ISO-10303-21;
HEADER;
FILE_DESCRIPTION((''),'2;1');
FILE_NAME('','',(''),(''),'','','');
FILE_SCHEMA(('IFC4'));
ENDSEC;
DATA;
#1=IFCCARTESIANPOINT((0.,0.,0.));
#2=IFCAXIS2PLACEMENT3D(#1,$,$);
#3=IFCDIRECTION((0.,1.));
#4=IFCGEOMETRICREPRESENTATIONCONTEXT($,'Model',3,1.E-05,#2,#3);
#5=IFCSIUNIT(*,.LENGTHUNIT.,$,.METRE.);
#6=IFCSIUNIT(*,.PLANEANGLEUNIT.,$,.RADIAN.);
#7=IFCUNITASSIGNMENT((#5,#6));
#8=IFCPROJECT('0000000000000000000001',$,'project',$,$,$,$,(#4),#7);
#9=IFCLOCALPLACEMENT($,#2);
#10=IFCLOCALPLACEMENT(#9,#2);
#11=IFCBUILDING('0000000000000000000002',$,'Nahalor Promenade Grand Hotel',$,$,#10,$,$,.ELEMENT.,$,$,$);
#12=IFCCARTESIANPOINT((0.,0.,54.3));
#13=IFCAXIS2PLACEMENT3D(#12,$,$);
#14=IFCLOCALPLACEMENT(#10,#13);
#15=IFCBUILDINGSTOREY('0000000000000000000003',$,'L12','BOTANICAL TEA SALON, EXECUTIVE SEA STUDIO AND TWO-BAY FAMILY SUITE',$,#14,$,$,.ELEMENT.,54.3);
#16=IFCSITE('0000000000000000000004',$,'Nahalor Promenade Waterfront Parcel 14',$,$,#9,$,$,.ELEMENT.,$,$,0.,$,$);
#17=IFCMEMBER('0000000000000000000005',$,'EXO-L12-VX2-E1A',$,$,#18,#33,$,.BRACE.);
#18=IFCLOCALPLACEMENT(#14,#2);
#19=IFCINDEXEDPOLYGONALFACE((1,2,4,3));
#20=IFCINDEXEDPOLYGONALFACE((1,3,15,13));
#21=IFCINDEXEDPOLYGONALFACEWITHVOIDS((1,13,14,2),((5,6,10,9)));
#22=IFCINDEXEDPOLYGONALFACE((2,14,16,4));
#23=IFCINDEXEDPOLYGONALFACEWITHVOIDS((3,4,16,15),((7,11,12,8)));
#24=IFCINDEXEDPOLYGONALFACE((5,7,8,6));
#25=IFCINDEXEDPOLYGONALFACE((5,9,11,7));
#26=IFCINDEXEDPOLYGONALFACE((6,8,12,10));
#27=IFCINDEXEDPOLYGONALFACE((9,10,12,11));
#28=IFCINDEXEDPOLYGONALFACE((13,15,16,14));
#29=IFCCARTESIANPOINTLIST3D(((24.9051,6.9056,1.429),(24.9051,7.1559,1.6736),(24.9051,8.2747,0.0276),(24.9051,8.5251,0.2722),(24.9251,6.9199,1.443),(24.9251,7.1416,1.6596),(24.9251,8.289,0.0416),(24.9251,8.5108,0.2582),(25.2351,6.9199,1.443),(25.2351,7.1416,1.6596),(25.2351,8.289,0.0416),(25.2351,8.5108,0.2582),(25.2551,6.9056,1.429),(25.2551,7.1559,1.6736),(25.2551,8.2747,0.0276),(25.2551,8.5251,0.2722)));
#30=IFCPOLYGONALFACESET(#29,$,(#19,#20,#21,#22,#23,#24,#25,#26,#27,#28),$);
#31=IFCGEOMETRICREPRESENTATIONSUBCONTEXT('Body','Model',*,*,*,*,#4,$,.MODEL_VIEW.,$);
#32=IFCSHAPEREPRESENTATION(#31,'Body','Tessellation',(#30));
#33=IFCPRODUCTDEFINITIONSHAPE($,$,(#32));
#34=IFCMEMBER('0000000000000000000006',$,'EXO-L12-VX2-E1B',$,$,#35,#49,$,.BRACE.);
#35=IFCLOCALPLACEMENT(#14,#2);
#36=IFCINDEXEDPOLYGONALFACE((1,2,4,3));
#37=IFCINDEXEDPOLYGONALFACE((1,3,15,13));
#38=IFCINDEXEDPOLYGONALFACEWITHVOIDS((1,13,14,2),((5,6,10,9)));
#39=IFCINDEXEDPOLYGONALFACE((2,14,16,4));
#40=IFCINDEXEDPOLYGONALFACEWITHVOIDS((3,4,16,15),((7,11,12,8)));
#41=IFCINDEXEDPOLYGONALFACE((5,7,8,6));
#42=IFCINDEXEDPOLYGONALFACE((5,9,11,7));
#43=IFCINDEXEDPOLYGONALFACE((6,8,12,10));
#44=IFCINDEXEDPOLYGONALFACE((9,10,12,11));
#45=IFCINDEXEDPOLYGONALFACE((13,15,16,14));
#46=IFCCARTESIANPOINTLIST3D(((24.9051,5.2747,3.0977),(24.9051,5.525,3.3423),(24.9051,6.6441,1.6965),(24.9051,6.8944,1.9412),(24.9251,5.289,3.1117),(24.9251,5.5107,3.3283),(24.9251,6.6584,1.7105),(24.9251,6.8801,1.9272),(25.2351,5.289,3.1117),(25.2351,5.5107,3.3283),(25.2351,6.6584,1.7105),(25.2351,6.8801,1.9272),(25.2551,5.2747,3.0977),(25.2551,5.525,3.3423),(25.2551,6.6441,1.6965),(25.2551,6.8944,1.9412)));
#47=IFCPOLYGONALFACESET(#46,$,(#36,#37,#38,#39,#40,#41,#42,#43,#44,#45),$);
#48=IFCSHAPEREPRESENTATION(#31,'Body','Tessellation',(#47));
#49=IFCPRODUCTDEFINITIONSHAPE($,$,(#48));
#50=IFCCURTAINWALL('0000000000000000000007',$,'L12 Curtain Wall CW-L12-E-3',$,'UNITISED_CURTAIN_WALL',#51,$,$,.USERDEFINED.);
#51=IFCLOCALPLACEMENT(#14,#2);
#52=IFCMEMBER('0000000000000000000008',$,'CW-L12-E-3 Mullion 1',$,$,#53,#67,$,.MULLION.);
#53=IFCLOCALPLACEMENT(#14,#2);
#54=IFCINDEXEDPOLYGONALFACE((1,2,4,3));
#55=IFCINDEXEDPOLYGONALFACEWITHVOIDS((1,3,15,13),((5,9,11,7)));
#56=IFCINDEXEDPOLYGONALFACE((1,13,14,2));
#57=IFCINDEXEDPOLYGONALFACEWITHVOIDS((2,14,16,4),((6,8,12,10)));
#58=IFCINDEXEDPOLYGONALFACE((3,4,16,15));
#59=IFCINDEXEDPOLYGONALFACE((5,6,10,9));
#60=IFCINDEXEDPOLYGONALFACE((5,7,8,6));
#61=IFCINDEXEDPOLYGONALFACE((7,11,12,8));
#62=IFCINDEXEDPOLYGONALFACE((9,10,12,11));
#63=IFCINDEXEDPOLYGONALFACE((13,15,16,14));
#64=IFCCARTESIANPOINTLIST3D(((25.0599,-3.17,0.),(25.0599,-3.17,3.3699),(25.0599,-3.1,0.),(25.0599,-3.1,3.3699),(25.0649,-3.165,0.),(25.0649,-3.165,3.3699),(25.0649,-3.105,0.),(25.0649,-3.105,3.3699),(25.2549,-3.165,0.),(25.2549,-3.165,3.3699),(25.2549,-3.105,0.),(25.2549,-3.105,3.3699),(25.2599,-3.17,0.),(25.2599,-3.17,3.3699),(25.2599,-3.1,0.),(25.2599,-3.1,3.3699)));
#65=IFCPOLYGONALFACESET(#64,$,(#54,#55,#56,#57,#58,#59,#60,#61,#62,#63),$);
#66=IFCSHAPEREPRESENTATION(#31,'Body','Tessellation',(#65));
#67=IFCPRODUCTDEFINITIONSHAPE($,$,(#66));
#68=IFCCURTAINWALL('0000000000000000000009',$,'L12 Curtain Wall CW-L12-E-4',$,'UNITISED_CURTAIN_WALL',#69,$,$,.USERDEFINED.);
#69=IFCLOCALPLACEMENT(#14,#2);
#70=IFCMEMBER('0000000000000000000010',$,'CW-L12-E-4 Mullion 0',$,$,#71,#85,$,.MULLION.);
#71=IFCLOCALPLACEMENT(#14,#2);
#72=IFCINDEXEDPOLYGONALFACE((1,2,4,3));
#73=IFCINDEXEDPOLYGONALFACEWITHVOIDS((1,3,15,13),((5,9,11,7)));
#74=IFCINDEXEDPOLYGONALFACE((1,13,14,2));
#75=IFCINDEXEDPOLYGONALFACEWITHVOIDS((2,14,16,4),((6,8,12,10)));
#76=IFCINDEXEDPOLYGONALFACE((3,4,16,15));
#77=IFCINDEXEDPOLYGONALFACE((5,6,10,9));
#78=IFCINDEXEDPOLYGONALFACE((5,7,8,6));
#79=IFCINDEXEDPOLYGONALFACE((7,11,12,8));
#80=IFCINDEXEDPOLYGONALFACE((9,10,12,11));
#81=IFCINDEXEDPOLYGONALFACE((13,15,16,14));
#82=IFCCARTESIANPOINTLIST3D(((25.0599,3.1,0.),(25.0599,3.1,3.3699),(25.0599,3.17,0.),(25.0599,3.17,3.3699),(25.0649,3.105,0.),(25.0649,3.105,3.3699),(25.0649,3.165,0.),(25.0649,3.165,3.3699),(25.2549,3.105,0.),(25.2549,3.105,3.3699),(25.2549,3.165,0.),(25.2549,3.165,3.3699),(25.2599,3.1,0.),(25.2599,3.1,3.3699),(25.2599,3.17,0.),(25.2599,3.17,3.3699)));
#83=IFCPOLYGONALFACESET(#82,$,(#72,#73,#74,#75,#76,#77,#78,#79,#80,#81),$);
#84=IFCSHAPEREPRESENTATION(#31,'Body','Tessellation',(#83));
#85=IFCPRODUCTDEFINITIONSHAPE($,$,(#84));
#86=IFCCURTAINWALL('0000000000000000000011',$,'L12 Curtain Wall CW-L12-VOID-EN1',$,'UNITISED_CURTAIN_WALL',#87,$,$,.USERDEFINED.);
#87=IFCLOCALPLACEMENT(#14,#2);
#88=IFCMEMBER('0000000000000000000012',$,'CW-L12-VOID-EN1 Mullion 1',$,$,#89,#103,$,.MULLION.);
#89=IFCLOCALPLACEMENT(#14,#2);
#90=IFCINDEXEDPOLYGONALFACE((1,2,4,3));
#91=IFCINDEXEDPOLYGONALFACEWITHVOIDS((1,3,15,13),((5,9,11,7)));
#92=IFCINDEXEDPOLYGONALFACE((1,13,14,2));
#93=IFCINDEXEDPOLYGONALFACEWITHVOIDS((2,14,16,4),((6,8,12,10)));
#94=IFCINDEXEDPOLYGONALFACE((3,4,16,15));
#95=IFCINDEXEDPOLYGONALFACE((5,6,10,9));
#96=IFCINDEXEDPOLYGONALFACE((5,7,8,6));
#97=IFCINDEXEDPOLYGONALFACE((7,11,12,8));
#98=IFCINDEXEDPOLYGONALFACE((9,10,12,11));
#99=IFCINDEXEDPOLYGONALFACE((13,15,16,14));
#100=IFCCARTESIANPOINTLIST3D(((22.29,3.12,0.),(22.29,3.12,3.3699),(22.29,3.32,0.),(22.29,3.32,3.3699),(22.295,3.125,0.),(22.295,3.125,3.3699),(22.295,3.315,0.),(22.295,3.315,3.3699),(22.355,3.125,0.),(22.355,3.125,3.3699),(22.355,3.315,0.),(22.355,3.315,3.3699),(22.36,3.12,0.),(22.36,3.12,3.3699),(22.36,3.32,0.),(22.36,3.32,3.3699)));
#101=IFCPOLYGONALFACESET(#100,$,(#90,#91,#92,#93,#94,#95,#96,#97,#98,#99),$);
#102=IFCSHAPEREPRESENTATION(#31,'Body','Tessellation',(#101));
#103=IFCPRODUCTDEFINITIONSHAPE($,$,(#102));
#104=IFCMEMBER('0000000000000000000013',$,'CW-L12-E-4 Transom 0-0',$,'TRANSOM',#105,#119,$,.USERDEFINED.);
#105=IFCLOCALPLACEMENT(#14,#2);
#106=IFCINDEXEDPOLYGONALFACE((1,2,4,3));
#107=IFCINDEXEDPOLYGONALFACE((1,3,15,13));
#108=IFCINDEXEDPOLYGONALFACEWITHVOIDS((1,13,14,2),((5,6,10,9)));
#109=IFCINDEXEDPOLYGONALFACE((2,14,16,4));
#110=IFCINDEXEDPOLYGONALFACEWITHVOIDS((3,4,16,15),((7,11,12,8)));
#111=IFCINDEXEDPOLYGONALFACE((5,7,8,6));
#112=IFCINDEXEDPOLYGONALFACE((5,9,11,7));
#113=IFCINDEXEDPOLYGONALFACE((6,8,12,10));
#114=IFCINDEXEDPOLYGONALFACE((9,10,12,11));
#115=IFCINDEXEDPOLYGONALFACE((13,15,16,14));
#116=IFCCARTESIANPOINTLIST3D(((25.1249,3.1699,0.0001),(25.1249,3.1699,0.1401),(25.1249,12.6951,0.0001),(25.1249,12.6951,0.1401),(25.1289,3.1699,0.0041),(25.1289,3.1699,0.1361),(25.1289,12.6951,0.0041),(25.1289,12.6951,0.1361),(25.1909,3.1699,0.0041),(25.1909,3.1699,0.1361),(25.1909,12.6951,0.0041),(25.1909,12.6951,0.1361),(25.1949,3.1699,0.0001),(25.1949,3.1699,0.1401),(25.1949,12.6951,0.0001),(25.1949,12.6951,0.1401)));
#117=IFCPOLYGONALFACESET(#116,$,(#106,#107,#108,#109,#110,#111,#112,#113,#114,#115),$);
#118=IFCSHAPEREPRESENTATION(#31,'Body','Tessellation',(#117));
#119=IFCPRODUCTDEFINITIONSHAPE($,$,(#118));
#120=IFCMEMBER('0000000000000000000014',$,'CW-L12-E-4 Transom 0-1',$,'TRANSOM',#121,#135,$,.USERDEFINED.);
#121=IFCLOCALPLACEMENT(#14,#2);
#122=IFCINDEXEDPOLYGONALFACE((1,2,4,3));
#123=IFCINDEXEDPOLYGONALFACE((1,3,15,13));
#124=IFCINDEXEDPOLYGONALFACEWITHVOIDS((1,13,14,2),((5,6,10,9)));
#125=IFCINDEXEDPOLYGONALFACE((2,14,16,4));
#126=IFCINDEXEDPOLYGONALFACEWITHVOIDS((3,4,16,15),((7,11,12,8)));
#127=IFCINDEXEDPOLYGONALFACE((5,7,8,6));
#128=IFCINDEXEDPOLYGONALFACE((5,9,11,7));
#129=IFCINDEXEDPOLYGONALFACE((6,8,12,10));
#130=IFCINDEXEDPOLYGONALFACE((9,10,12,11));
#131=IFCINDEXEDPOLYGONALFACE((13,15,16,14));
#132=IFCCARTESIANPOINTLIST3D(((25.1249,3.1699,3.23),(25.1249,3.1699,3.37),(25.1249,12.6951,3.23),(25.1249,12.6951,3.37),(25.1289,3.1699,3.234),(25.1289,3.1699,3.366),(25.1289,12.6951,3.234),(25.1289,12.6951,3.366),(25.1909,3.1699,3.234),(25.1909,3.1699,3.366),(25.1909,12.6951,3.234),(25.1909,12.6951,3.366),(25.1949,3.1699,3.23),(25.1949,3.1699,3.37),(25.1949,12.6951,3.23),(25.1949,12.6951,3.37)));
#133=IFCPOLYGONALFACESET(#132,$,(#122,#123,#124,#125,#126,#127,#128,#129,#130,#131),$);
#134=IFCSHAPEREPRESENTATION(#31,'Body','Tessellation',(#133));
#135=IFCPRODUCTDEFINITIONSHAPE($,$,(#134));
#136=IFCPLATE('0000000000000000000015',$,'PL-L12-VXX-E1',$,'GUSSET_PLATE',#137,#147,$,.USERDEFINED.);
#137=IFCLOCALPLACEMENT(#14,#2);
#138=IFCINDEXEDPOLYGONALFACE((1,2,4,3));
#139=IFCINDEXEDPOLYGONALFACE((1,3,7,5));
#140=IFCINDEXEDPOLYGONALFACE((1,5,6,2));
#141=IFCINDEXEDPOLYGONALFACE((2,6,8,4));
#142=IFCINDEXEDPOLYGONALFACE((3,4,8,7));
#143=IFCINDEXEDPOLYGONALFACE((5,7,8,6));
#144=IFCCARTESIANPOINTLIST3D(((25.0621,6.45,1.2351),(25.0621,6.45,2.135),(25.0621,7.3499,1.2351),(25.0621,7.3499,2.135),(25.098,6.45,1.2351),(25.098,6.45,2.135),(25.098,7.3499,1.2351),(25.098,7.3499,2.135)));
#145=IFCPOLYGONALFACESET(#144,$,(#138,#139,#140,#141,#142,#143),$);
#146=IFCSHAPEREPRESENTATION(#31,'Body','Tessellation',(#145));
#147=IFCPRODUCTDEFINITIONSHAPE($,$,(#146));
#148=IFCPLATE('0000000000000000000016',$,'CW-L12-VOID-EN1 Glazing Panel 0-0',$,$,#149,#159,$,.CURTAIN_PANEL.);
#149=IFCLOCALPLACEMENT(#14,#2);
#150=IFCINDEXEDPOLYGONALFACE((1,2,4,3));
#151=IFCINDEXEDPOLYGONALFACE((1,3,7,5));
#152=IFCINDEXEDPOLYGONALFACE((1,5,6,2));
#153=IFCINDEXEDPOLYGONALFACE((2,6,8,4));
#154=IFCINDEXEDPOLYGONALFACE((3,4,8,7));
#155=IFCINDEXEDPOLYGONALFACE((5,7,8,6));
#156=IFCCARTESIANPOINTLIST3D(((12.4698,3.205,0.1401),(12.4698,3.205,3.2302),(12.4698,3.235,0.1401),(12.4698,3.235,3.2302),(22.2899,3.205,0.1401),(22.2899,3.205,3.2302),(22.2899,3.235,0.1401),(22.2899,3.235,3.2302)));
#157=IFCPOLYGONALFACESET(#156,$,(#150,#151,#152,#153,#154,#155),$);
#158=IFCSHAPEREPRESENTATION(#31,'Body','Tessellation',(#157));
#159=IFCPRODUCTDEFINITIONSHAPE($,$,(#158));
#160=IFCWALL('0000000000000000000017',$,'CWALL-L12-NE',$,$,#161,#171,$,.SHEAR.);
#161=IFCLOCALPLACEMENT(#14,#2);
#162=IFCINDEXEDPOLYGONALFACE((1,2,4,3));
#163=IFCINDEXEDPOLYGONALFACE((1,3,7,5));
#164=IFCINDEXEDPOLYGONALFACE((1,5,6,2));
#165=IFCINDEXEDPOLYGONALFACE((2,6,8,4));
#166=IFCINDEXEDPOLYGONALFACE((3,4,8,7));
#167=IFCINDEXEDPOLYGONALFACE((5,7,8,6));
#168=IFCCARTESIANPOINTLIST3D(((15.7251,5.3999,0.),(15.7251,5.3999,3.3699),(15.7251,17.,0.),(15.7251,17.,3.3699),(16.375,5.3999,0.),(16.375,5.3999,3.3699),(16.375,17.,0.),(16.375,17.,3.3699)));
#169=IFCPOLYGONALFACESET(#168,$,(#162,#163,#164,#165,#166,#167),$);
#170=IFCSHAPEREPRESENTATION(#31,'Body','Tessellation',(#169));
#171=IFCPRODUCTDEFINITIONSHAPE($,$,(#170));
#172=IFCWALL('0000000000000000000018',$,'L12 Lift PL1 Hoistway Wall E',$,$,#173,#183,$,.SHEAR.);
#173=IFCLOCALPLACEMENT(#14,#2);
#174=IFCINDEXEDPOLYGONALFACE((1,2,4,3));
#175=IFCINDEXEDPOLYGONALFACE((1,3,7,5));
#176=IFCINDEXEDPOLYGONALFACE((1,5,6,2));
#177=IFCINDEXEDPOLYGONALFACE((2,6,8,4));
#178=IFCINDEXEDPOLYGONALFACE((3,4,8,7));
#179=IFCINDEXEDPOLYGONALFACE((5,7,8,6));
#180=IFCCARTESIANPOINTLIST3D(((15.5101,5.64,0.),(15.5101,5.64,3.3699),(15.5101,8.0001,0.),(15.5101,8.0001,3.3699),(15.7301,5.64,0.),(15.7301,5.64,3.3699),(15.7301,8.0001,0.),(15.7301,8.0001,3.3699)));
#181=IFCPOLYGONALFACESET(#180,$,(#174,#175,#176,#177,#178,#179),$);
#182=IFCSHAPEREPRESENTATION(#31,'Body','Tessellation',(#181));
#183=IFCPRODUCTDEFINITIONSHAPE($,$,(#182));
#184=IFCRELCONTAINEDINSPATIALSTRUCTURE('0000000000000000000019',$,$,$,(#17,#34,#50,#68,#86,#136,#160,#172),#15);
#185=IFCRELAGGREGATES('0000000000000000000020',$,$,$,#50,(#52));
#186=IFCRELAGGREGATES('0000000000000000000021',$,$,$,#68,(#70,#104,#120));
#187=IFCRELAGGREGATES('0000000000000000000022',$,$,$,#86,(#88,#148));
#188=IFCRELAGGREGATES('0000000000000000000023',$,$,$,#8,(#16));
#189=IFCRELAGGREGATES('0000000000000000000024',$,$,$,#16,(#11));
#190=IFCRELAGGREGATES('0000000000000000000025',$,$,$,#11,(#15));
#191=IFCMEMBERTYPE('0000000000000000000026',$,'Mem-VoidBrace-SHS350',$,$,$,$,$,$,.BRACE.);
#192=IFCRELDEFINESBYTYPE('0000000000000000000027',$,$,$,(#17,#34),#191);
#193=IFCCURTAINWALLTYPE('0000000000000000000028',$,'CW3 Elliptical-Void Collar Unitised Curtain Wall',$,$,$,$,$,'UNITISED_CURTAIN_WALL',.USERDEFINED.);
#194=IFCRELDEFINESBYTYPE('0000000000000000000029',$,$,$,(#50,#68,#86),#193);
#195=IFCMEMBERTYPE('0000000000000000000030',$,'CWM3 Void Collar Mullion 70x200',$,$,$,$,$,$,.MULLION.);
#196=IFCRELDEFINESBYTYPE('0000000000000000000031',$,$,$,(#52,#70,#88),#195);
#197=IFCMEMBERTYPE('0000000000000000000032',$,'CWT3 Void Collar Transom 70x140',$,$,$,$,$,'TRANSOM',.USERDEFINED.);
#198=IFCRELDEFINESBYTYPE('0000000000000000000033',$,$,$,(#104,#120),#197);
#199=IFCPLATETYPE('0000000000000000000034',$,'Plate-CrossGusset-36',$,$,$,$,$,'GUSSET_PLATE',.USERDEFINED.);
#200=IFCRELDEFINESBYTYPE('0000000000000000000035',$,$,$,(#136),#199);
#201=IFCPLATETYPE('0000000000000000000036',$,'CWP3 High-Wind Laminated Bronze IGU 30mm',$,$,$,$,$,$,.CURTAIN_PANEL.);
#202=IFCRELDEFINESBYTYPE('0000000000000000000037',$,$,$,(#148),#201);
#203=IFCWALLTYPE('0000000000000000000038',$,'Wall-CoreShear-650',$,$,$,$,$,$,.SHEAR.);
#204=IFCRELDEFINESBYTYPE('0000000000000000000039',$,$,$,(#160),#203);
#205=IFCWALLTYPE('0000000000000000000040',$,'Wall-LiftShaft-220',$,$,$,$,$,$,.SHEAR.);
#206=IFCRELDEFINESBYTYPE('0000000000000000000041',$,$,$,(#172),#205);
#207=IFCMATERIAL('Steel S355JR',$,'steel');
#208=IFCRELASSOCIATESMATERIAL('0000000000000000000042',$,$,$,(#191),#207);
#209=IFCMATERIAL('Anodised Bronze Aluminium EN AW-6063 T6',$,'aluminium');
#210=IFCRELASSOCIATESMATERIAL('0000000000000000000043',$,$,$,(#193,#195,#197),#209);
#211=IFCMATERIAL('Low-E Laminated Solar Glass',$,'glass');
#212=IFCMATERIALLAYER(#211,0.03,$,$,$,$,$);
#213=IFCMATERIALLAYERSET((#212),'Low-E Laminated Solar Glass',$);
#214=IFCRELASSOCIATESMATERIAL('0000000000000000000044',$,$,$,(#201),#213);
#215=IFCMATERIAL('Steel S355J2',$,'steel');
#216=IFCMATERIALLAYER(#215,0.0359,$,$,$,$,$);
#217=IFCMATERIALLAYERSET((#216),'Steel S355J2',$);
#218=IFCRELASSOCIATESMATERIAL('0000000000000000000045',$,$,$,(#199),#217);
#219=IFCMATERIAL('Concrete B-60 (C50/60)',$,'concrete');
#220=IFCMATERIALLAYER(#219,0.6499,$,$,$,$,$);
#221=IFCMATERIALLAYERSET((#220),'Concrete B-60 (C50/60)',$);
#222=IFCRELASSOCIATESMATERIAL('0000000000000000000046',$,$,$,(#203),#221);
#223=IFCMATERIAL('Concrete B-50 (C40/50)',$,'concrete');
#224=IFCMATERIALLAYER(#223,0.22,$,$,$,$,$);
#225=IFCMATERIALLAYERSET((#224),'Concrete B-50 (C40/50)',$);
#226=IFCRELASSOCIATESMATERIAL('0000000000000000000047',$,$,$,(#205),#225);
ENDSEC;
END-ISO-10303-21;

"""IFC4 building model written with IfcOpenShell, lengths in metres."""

from ifc_helpers import new_model, si_unit, direction, frame, frame_2d, origin, origin_2d, place, context, subcontext, project, spatial, rectangle, hollow_rectangle, extrude, source, transform, mapped, material, layer, layer_set, material_profile, profile_set, type_object, element, aggregate, save


model = new_model("IFC4")

# Units and contexts
model_context = context("Model", 3, precision=1e-05, world=origin(), true_north=direction((0.0, 1.0)))
body_context = subcontext(model_context, "Body", "Model", "MODEL_VIEW")
ifc_project = project(units=[si_unit("LENGTHUNIT", "METRE"), si_unit("PLANEANGLEUNIT", "RADIAN")], contexts=[model_context])

# Site, building, storey
site_placement = place(None, origin())
site = spatial("IfcSite", under=ifc_project, at=site_placement, Name="Nahalor Promenade Waterfront Parcel 14", CompositionType="ELEMENT", RefElevation=0.0)
building_placement = place(site_placement, origin())
building = spatial("IfcBuilding", under=site, at=building_placement, Name="Nahalor Promenade Grand Hotel", CompositionType="ELEMENT")
storey_placement = place(building_placement, frame((0.0, 0.0, 54.3)))
storey = spatial("IfcBuildingStorey", under=building, at=storey_placement, Name="L12", Description="BOTANICAL TEA SALON, EXECUTIVE SEA STUDIO AND TWO-BAY FAMILY SUITE", CompositionType="ELEMENT", Elevation=54.3)

# Shared definitions
ifc_material_1 = material(Name="Steel S355J2", Category="steel")

# Shared definitions
ifc_material_2 = material(Name="Steel S355JR", Category="steel")

# Members
ifc_material_profile_1 = material_profile(ifc_material_2, hollow_rectangle(XDim=0.35, YDim=0.35, WallThickness=0.02, at=origin_2d()), Name="SHS 350x350x20")
ifc_profile_set_1 = profile_set([ifc_material_profile_1], Name="Steel S355JR")
member_type_1 = type_object("IfcMemberType", Name="Mem-VoidBrace-SHS350", PredefinedType="BRACE", material=ifc_profile_set_1)
shared_shape_1 = source(origin(), body_context, "Body", "SweptSolid", [
    extrude(hollow_rectangle(XDim=0.35, YDim=0.35, WallThickness=0.02, at=origin_2d()), origin(), (0.0, 0.0, 1.0), 1.9592),
])
for number, where, z_axis, x_axis, name in (
    (1, (25.0801, 8.3999, 0.1499), (0.0, -0.698834, 0.715283), (1.0, 0.0, 0.0), "EXO-L12-VX2-E1A"),
    (2, (25.0801, 6.7693, 1.8188), (0.0, -0.69896, 0.71516), (1.0, 0.0, 0.0), "EXO-L12-VX2-E1B"),
):
    element("IfcMember", number, at=place(storey_placement, frame(where, z_axis=z_axis, x_axis=x_axis)), inside=storey, type_object=member_type_1, Name=name, PredefinedType="BRACE", context=body_context, shape_type="MappedRepresentation", body=[
        mapped(shared_shape_1, transform((0.0, 0.0, 0.0), scale=1.0)),
    ])

# Curtain walls, members
ifc_material_3 = material(Name="Anodised Bronze Aluminium EN AW-6063 T6", Category="aluminium")
curtain_wall_type = type_object("IfcCurtainWallType", Name="CW3 Elliptical-Void Collar Unitised Curtain Wall", ElementType="UNITISED_CURTAIN_WALL", PredefinedType="USERDEFINED", material=ifc_material_3)
curtain_wall_1_placement = place(storey_placement, origin())
curtain_wall_1 = element("IfcCurtainWall", 3, at=curtain_wall_1_placement, inside=storey, type_object=curtain_wall_type, Name="L12 Curtain Wall CW-L12-E-3", ObjectType="UNITISED_CURTAIN_WALL", PredefinedType="USERDEFINED")
ifc_material_profile_2 = material_profile(ifc_material_3, hollow_rectangle(XDim=0.07, YDim=0.2, WallThickness=0.005, at=origin_2d()), Name="CWM 70x200x5")
ifc_profile_set_2 = profile_set([ifc_material_profile_2], Name="Anodised Bronze Aluminium EN AW-6063 T6")
member_type_2 = type_object("IfcMemberType", Name="CWM3 Void Collar Mullion 70x200", PredefinedType="MULLION", material=ifc_profile_set_2)
shared_shape_2 = source(origin(), body_context, "Body", "SweptSolid", [
    extrude(hollow_rectangle(XDim=0.07, YDim=0.2, WallThickness=0.005, at=origin_2d()), origin(), (0.0, 0.0, 1.0), 3.3699),
])
member_1_placement = place(storey_placement, frame((25.1599, -3.135, 0.0), z_axis=(0.0, 0.0, 1.0), x_axis=(0.0, 1.0, 0.0)))
member_1 = element("IfcMember", 4, at=member_1_placement, type_object=member_type_2, Name="CW-L12-E-3 Mullion 1", PredefinedType="MULLION", context=body_context, shape_type="MappedRepresentation", body=[
    mapped(shared_shape_2, transform((0.0, 0.0, 0.0), scale=1.0)),
])
aggregate(curtain_wall_1, [member_1])
curtain_wall_2_placement = place(storey_placement, origin())
curtain_wall_2 = element("IfcCurtainWall", 5, at=curtain_wall_2_placement, inside=storey, type_object=curtain_wall_type, Name="L12 Curtain Wall CW-L12-E-4", ObjectType="UNITISED_CURTAIN_WALL", PredefinedType="USERDEFINED")
member_2_placement = place(storey_placement, frame((25.1599, 3.135, 0.0), z_axis=(0.0, 0.0, 1.0), x_axis=(0.0, 1.0, 0.0)))
member_2 = element("IfcMember", 6, at=member_2_placement, type_object=member_type_2, Name="CW-L12-E-4 Mullion 0", PredefinedType="MULLION", context=body_context, shape_type="MappedRepresentation", body=[
    mapped(shared_shape_2, transform((0.0, 0.0, 0.0), scale=1.0)),
])
curtain_wall_3_placement = place(storey_placement, origin())
curtain_wall_3 = element("IfcCurtainWall", 7, at=curtain_wall_3_placement, inside=storey, type_object=curtain_wall_type, Name="L12 Curtain Wall CW-L12-VOID-EN1", ObjectType="UNITISED_CURTAIN_WALL", PredefinedType="USERDEFINED")
member_3_placement = place(storey_placement, frame((22.325, 3.22, 0.0), z_axis=(0.0, 0.0, 1.0), x_axis=(1.0, 0.0, 0.0)))
member_3 = element("IfcMember", 8, at=member_3_placement, type_object=member_type_2, Name="CW-L12-VOID-EN1 Mullion 1", PredefinedType="MULLION", context=body_context, shape_type="MappedRepresentation", body=[
    mapped(shared_shape_2, transform((0.0, 0.0, 0.0), scale=1.0)),
])

# Members
ifc_material_profile_3 = material_profile(ifc_material_3, hollow_rectangle(XDim=0.07, YDim=0.14, WallThickness=0.004, at=origin_2d()), Name="CWT 70x140x4")
ifc_profile_set_3 = profile_set([ifc_material_profile_3], Name="Anodised Bronze Aluminium EN AW-6063 T6")
member_type_3 = type_object("IfcMemberType", Name="CWT3 Void Collar Transom 70x140", ElementType="TRANSOM", PredefinedType="USERDEFINED", material=ifc_profile_set_3)
shared_shape_3 = source(origin(), body_context, "Body", "SweptSolid", [
    extrude(hollow_rectangle(XDim=0.07, YDim=0.14, WallThickness=0.004, at=origin_2d()), origin(), (0.0, 0.0, 1.0), 9.5251),
])
member_4_placement = place(storey_placement, frame((25.1599, 3.1699, 0.0701), z_axis=(0.0, 1.0, 0.0), x_axis=(-1.0, 0.0, 0.0)))
member_4 = element("IfcMember", 9, at=member_4_placement, type_object=member_type_3, Name="CW-L12-E-4 Transom 0-0", ObjectType="TRANSOM", PredefinedType="USERDEFINED", context=body_context, shape_type="MappedRepresentation", body=[
    mapped(shared_shape_3, transform((0.0, 0.0, 0.0), scale=1.0)),
])
member_5_placement = place(storey_placement, frame((25.1599, 3.1699, 3.3), z_axis=(0.0, 1.0, 0.0), x_axis=(-1.0, 0.0, 0.0)))
member_5 = element("IfcMember", 10, at=member_5_placement, type_object=member_type_3, Name="CW-L12-E-4 Transom 0-1", ObjectType="TRANSOM", PredefinedType="USERDEFINED", context=body_context, shape_type="MappedRepresentation", body=[
    mapped(shared_shape_3, transform((0.0, 0.0, 0.0), scale=1.0)),
])

# Plates
ifc_material_4 = material(Name="Low-E Laminated Solar Glass", Category="glass")
ifc_layer_1 = layer(ifc_material_4, 0.03)
ifc_layer_set_1 = layer_set([ifc_layer_1], Name="Low-E Laminated Solar Glass")
plate_type_1 = type_object("IfcPlateType", Name="CWP3 High-Wind Laminated Bronze IGU 30mm", PredefinedType="CURTAIN_PANEL", material=ifc_layer_set_1)
aggregate(curtain_wall_2, [member_2, member_4, member_5])
ifc_layer_2 = layer(ifc_material_1, 0.0359)
ifc_layer_set_2 = layer_set([ifc_layer_2], Name="Steel S355J2")
plate_type_2 = type_object("IfcPlateType", Name="Plate-CrossGusset-36", ElementType="GUSSET_PLATE", PredefinedType="USERDEFINED", material=ifc_layer_set_2)
shared_shape_4 = source(origin(), body_context, "Body", "SweptSolid", [
    extrude(rectangle(XDim=0.8999, YDim=0.0359, at=origin_2d()), origin(), (0.0, 0.0, 1.0), 0.8999),
])
plate_1_placement = place(storey_placement, frame((25.0801, 6.8999, 1.2351), z_axis=(0.0, 0.0, 1.0), x_axis=(0.0, 1.0, 0.0)))
element("IfcPlate", 11, at=plate_1_placement, inside=storey, type_object=plate_type_2, Name="PL-L12-VXX-E1", ObjectType="GUSSET_PLATE", PredefinedType="USERDEFINED", context=body_context, shape_type="MappedRepresentation", body=[
    mapped(shared_shape_4, transform((0.0, 0.0, 0.0), scale=1.0)),
])
shared_shape_5 = source(origin(), body_context, "Body", "SweptSolid", [
    extrude(rectangle(XDim=9.8201, YDim=0.03, at=origin_2d()), origin(), (0.0, 0.0, 1.0), 3.0901),
])
plate_2_placement = place(storey_placement, frame((17.3799, 3.22, 0.1401), z_axis=(0.0, 0.0, 1.0), x_axis=(1.0, 0.0, 0.0)))
plate_2 = element("IfcPlate", 12, at=plate_2_placement, type_object=plate_type_1, Name="CW-L12-VOID-EN1 Glazing Panel 0-0", PredefinedType="CURTAIN_PANEL", context=body_context, shape_type="MappedRepresentation", body=[
    mapped(shared_shape_5, transform((0.0, 0.0, 0.0), scale=1.0)),
])
aggregate(curtain_wall_3, [member_3, plate_2])

# Walls
ifc_material_5 = material(Name="Concrete B-60 (C50/60)", Category="concrete")
ifc_layer_3 = layer(ifc_material_5, 0.6499)
ifc_layer_set_3 = layer_set([ifc_layer_3], Name="Concrete B-60 (C50/60)")
wall_type_1 = type_object("IfcWallType", Name="Wall-CoreShear-650", PredefinedType="SHEAR", material=ifc_layer_set_3)
shared_shape_6 = source(origin(), body_context, "Body", "SweptSolid", [
    extrude(rectangle(XDim=11.6001, YDim=0.6499, at=frame_2d((5.8, 0.0))), origin(), (0.0, 0.0, 1.0), 3.3699),
])
wall_1_placement = place(storey_placement, frame((16.05, 5.3999, 0.0), z_axis=(0.0, 0.0, 1.0), x_axis=(0.0, 1.0, 0.0)))
element("IfcWall", 13, at=wall_1_placement, inside=storey, type_object=wall_type_1, Name="CWALL-L12-NE", PredefinedType="SHEAR", context=body_context, shape_type="MappedRepresentation", body=[
    mapped(shared_shape_6, transform((0.0, 0.0, 0.0), scale=1.0)),
])
ifc_material_6 = material(Name="Concrete B-50 (C40/50)", Category="concrete")
ifc_layer_4 = layer(ifc_material_6, 0.22)
ifc_layer_set_4 = layer_set([ifc_layer_4], Name="Concrete B-50 (C40/50)")
wall_type_2 = type_object("IfcWallType", Name="Wall-LiftShaft-220", PredefinedType="SHEAR", material=ifc_layer_set_4)
shared_shape_7 = source(origin(), body_context, "Body", "SweptSolid", [
    extrude(rectangle(XDim=2.3601, YDim=0.22, at=frame_2d((1.1802, 0.0))), origin(), (0.0, 0.0, 1.0), 3.3699),
])
wall_2_placement = place(storey_placement, frame((15.6201, 5.6399, 0.0), z_axis=(0.0, 0.0, 1.0), x_axis=(0.0, 1.0, 0.0)))
element("IfcWall", 14, at=wall_2_placement, inside=storey, type_object=wall_type_2, Name="L12 Lift PL1 Hoistway Wall E", PredefinedType="SHEAR", context=body_context, shape_type="MappedRepresentation", body=[
    mapped(shared_shape_7, transform((0.0, 0.0, 0.0), scale=1.0)),
])

save(model, "model.ifc")
